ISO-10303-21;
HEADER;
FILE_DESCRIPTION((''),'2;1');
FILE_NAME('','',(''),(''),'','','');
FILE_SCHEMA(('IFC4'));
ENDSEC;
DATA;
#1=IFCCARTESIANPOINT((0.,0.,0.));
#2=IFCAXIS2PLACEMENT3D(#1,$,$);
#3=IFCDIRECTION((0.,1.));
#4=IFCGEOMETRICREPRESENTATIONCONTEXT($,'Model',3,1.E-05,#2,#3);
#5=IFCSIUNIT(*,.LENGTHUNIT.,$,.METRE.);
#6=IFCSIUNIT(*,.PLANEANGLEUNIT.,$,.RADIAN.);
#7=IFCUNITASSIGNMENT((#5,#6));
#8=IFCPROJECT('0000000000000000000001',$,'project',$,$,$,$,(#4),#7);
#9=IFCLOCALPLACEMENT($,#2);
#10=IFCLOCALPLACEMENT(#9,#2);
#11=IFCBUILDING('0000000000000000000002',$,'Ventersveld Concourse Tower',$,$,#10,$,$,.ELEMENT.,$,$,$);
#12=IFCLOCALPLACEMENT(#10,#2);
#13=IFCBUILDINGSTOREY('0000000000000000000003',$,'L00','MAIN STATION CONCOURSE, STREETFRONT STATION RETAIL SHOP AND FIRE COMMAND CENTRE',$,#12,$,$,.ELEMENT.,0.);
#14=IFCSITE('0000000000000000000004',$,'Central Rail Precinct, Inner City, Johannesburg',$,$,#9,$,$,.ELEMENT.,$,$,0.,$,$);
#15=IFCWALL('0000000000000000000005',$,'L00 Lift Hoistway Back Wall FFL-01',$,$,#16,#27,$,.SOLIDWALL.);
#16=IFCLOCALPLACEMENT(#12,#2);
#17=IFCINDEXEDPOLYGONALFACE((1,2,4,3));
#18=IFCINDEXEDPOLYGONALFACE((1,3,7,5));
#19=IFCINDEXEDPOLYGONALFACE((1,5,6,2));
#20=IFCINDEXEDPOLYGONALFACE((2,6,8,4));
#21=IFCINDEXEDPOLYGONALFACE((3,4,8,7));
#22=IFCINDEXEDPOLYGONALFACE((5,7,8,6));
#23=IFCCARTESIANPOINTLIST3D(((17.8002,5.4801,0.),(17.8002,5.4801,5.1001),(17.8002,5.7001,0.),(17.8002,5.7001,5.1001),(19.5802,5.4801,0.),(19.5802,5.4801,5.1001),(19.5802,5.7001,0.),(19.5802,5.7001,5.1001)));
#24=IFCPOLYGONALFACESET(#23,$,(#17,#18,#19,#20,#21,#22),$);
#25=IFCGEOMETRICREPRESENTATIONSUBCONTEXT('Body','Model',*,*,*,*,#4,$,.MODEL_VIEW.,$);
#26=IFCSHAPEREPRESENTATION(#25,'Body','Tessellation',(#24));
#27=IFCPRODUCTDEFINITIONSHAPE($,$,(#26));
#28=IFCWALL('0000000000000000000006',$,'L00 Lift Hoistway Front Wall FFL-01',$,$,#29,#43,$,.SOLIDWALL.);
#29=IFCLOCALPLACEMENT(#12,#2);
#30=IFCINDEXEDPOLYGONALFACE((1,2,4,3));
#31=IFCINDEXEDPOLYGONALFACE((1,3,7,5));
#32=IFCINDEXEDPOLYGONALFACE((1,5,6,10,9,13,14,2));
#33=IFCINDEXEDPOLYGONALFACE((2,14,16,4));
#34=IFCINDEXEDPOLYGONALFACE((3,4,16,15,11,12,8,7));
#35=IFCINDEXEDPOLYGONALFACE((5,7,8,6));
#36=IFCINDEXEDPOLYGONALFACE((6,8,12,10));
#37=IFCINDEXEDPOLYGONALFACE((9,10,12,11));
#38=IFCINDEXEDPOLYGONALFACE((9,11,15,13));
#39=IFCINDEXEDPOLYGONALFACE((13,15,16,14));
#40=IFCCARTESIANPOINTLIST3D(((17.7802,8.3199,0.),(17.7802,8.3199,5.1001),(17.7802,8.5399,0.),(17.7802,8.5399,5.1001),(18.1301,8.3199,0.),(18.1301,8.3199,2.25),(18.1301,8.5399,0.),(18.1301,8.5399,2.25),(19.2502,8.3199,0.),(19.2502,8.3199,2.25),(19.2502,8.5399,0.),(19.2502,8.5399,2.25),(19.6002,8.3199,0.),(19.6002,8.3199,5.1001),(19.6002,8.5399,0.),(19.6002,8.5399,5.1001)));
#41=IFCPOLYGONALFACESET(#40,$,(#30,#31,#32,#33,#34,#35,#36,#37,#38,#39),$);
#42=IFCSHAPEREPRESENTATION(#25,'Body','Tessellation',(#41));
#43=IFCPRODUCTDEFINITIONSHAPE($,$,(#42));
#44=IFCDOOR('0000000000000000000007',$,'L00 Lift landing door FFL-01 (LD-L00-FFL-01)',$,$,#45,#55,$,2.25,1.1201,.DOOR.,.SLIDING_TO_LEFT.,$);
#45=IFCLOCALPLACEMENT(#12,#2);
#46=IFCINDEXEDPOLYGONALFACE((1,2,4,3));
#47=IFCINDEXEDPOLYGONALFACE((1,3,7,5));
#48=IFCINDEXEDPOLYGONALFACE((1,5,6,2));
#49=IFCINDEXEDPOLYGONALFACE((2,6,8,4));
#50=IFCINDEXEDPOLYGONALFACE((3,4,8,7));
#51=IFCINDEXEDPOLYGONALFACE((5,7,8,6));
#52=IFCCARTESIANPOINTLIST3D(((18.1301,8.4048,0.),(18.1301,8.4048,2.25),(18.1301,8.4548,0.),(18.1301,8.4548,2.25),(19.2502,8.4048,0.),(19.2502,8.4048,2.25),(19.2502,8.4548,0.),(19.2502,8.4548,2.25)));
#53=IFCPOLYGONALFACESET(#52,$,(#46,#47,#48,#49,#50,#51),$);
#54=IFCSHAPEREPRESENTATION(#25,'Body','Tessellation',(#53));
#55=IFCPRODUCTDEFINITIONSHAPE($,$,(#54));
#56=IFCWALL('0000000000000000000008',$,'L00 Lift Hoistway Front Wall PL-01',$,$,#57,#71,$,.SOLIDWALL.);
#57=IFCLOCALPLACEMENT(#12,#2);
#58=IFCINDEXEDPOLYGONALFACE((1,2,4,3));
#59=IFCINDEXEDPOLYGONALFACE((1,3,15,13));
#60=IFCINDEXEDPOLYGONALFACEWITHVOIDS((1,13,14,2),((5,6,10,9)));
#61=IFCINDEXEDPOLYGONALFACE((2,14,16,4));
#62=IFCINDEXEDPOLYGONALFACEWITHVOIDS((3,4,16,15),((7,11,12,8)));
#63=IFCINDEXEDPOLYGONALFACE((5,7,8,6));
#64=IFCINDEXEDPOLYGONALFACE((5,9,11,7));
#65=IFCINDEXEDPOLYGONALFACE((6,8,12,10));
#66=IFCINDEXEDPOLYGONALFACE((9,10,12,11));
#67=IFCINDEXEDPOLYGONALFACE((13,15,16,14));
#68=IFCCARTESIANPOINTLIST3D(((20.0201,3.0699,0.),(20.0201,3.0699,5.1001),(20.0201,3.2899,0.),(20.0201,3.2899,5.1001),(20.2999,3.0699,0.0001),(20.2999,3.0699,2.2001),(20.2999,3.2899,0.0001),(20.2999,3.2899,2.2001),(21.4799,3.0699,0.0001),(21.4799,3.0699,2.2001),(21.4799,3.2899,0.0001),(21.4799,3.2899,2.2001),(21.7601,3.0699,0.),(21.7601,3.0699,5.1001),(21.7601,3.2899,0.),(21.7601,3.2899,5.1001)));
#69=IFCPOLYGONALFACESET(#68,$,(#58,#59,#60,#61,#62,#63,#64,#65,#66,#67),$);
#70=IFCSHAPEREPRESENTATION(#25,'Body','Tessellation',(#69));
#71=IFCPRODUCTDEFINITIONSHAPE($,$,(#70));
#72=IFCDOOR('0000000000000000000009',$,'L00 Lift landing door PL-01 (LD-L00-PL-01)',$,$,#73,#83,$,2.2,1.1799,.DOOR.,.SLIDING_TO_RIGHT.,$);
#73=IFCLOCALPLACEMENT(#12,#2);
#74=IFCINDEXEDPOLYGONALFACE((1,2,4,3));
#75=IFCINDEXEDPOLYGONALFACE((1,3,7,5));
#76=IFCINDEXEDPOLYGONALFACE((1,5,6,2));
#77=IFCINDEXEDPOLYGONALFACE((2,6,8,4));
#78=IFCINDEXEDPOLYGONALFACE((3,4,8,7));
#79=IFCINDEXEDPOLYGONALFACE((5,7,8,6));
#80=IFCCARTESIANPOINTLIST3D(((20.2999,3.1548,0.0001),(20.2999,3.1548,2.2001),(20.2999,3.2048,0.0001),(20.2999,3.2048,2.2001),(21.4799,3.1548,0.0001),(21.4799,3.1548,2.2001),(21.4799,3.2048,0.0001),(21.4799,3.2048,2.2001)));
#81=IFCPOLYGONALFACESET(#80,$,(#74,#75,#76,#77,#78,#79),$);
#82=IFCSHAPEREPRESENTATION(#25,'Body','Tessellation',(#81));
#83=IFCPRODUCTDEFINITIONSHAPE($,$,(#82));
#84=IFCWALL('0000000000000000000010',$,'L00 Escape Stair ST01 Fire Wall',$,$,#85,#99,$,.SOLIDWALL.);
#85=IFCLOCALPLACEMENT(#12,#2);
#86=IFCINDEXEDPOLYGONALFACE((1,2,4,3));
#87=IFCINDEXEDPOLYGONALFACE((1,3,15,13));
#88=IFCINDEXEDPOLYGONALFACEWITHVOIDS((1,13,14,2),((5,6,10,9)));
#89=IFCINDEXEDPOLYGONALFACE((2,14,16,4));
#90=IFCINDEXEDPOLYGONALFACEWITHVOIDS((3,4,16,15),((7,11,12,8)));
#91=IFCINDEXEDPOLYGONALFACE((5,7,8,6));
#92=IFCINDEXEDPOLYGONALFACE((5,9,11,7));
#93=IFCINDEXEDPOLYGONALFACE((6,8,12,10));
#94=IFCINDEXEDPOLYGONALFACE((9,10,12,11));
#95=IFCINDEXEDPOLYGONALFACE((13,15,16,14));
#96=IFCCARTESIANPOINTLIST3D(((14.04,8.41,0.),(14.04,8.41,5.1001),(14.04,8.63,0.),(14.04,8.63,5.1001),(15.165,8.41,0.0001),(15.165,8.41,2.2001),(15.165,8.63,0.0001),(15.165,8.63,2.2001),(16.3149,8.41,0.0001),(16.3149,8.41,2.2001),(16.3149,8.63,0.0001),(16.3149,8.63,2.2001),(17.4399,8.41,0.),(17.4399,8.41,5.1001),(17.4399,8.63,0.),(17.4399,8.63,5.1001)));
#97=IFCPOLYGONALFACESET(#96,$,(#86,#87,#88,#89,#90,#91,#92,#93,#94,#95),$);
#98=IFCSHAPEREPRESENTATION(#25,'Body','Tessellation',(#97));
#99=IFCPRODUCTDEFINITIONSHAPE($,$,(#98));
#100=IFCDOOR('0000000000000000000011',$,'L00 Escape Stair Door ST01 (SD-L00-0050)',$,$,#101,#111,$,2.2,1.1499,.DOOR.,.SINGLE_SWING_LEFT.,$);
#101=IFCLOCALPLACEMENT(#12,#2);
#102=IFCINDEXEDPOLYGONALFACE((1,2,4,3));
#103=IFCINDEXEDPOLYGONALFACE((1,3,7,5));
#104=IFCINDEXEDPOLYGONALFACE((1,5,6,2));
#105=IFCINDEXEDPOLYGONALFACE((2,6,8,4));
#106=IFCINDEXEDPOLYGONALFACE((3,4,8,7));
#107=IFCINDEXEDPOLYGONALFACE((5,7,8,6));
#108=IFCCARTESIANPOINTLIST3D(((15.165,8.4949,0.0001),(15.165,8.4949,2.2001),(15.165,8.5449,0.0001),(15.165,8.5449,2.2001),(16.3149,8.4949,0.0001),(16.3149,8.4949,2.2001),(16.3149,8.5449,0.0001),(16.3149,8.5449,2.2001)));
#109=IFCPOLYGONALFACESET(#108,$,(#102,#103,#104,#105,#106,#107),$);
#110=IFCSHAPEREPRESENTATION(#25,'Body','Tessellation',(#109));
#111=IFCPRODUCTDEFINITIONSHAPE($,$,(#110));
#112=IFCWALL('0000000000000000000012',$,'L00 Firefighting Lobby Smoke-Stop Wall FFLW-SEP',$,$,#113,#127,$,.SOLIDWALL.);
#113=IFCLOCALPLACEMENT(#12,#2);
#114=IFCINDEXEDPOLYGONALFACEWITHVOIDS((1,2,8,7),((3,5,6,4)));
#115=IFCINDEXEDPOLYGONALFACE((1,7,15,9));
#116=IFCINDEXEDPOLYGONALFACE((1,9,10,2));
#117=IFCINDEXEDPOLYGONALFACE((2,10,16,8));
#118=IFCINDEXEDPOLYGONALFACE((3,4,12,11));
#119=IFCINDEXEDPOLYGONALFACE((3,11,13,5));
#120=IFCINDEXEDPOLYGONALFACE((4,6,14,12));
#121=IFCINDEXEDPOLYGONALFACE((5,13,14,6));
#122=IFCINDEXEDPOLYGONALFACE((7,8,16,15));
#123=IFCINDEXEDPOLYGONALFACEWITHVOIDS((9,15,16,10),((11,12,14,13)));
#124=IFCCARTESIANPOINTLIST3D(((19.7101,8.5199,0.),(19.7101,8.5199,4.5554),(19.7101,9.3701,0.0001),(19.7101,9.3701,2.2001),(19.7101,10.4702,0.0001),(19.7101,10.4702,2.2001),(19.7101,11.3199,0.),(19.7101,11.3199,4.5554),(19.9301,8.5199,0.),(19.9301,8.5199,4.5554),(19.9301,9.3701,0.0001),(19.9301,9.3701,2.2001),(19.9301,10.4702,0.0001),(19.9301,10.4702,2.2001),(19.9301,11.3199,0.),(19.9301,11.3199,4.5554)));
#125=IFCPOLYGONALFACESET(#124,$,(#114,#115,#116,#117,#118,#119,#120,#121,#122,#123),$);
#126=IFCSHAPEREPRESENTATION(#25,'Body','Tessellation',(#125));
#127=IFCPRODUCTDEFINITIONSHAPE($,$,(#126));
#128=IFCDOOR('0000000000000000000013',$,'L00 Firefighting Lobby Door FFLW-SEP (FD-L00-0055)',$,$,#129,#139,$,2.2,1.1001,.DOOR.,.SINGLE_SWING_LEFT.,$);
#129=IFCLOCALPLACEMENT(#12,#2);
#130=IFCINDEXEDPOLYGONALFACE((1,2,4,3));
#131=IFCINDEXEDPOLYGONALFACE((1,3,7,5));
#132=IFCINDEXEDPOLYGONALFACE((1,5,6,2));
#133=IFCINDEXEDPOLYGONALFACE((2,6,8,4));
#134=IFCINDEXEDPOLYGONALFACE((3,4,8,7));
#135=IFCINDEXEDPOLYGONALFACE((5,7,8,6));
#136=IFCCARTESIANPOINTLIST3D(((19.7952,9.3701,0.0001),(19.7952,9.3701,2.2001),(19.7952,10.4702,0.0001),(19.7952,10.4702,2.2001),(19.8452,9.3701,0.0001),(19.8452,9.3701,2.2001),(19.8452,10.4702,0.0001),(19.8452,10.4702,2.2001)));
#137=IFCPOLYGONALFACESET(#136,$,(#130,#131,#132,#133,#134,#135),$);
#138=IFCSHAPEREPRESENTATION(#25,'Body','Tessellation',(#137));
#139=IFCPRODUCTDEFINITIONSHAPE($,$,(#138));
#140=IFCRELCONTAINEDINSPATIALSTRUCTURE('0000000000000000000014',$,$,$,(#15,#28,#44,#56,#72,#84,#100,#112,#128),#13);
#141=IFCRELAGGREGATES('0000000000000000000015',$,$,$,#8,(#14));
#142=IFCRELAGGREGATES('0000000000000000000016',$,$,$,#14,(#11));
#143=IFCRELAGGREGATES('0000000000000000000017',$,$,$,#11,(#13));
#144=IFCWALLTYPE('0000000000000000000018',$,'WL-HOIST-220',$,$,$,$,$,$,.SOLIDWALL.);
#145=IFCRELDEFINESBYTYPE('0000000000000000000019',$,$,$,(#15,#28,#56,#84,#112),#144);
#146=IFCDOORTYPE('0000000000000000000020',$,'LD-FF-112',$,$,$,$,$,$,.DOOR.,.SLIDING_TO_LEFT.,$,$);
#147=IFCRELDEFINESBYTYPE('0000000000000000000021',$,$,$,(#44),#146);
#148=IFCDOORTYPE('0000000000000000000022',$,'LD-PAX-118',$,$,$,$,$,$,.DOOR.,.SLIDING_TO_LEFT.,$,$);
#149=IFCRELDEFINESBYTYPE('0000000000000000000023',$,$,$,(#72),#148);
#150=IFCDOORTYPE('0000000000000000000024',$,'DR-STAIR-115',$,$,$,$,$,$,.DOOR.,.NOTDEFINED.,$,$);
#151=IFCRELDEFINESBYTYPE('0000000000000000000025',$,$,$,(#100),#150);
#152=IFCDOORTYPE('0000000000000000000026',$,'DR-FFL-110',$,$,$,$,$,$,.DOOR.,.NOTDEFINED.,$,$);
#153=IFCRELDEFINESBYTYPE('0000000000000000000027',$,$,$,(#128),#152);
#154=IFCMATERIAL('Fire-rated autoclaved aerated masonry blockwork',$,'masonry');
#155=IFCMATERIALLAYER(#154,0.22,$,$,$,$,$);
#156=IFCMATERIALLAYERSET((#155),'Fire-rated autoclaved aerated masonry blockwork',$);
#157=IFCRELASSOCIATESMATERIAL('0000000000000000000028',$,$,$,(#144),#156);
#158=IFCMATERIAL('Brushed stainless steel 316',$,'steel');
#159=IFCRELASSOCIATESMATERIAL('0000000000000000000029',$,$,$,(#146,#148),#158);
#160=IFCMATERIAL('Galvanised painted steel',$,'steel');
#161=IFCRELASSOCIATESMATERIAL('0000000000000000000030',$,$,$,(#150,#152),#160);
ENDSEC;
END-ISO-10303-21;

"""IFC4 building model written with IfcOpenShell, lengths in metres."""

from ifc_helpers import new_model, si_unit, direction, frame, frame_2d, origin, place, context, subcontext, project, spatial, rectangle, extrude, material, layer, layer_set, type_object, element, fill, save


model = new_model("IFC4")

# Units and contexts
model_context = context("Model", 3, precision=1e-05, world=origin(), true_north=direction((0.0, 1.0)))
body_context = subcontext(model_context, "Body", "Model", "MODEL_VIEW")
ifc_project = project(units=[si_unit("LENGTHUNIT", "METRE"), si_unit("PLANEANGLEUNIT", "RADIAN")], contexts=[model_context])

# Site, building, storey
site_placement = place(None, origin())
site = spatial("IfcSite", under=ifc_project, at=site_placement, Name="Central Rail Precinct, Inner City, Johannesburg", CompositionType="ELEMENT", RefElevation=0.0)
building_placement = place(site_placement, origin())
building = spatial("IfcBuilding", under=site, at=building_placement, Name="Ventersveld Concourse Tower", CompositionType="ELEMENT")
storey_placement = place(building_placement, origin())
storey = spatial("IfcBuildingStorey", under=building, at=storey_placement, Name="L00", Description="MAIN STATION CONCOURSE, STREETFRONT STATION RETAIL SHOP AND FIRE COMMAND CENTRE", CompositionType="ELEMENT", Elevation=0.0)

# Wall
ifc_material_1 = material(Name="Fire-rated autoclaved aerated masonry blockwork", Category="masonry")
ifc_layer_1 = layer(ifc_material_1, 0.22)
ifc_layer_set_1 = layer_set([ifc_layer_1], Name="Fire-rated autoclaved aerated masonry blockwork")
wall_type_1 = type_object("IfcWallType", Name="WL-HOIST-220", PredefinedType="SOLIDWALL", material=ifc_layer_set_1)
wall_1_placement = place(storey_placement, frame((17.8, 5.5901, 0.0), z_axis=(0.0, 0.0, 1.0), x_axis=(1.0, 0.0, 0.0)))
element("IfcWall", 1, at=wall_1_placement, inside=storey, type_object=wall_type_1, Name="L00 Lift Hoistway Back Wall FFL-01", PredefinedType="SOLIDWALL", context=body_context, shape_type="SweptSolid", body=[
    extrude(rectangle(XDim=1.78, YDim=0.22, at=frame_2d((0.8901, 0.0))), origin(), (0.0, 0.0, 1.0), 5.1001),
])

# Walls, openings, doors
wall_2_placement = place(storey_placement, frame((17.78, 8.4299, 0.0), z_axis=(0.0, 0.0, 1.0), x_axis=(1.0, 0.0, 0.0)))
wall_2 = element("IfcWall", 2, at=wall_2_placement, inside=storey, type_object=wall_type_1, Name="L00 Lift Hoistway Front Wall FFL-01", PredefinedType="SOLIDWALL", context=body_context, shape_type="SweptSolid", body=[
    extrude(rectangle(XDim=1.8201, YDim=0.22, at=frame_2d((0.9102, 0.0))), origin(), (0.0, 0.0, 1.0), 5.1001),
])
opening_1_placement = place(wall_2_placement, frame((0.3501, 0.0, 0.0)))
opening_1 = element("IfcOpeningElement", 3, at=opening_1_placement, cuts=wall_2, PredefinedType="OPENING", context=body_context, shape_type="SweptSolid", body=[
    extrude(rectangle(XDim=1.1201, YDim=2.25, at=frame_2d((0.5601, 1.125))), frame((0.0, 0.1201, 0.0), z_axis=(0.0, -1.0, 0.0), x_axis=(1.0, 0.0, 0.0)), (0.0, 0.0, 1.0), 0.24),
])
ifc_material_2 = material(Name="Brushed stainless steel 316", Category="steel")
door_type_1 = type_object("IfcDoorType", Name="LD-FF-112", OperationType="SLIDING_TO_LEFT", PredefinedType="DOOR", material=ifc_material_2)
door_1_placement = place(opening_1_placement, origin())
door_1 = element("IfcDoor", 4, at=door_1_placement, inside=storey, type_object=door_type_1, Name="L00 Lift landing door FFL-01 (LD-L00-FFL-01)", OperationType="SLIDING_TO_LEFT", OverallHeight=2.25, OverallWidth=1.1201, PredefinedType="DOOR", context=body_context, shape_type="SweptSolid", body=[
    extrude(rectangle(XDim=1.1201, YDim=2.25, at=frame_2d((0.5601, 1.125))), frame((0.0, 0.0249, 0.0), z_axis=(0.0, -1.0, 0.0), x_axis=(1.0, 0.0, 0.0)), (0.0, 0.0, 1.0), 0.05),
])
fill(opening_1, door_1)
wall_3_placement = place(storey_placement, frame((20.02, 3.1799, 0.0), z_axis=(0.0, 0.0, 1.0), x_axis=(1.0, 0.0, 0.0)))
wall_3 = element("IfcWall", 5, at=wall_3_placement, inside=storey, type_object=wall_type_1, Name="L00 Lift Hoistway Front Wall PL-01", PredefinedType="SOLIDWALL", context=body_context, shape_type="SweptSolid", body=[
    extrude(rectangle(XDim=1.74, YDim=0.22, at=frame_2d((0.8701, 0.0))), origin(), (0.0, 0.0, 1.0), 5.1001),
])
opening_2_placement = place(wall_3_placement, frame((0.28, 0.0, 0.0)))
opening_2 = element("IfcOpeningElement", 6, at=opening_2_placement, cuts=wall_3, PredefinedType="OPENING", context=body_context, shape_type="SweptSolid", body=[
    extrude(rectangle(XDim=1.1799, YDim=2.2, at=frame_2d((0.5898, 1.1001))), frame((0.0, 0.1201, 0.0), z_axis=(0.0, -1.0, 0.0), x_axis=(1.0, 0.0, 0.0)), (0.0, 0.0, 1.0), 0.24),
])
door_type_2 = type_object("IfcDoorType", Name="LD-PAX-118", OperationType="SLIDING_TO_LEFT", PredefinedType="DOOR", material=ifc_material_2)
door_2_placement = place(opening_2_placement, origin())
door_2 = element("IfcDoor", 7, at=door_2_placement, inside=storey, type_object=door_type_2, Name="L00 Lift landing door PL-01 (LD-L00-PL-01)", OperationType="SLIDING_TO_RIGHT", OverallHeight=2.2, OverallWidth=1.1799, PredefinedType="DOOR", context=body_context, shape_type="SweptSolid", body=[
    extrude(rectangle(XDim=1.1799, YDim=2.2, at=frame_2d((0.5898, 1.1001))), frame((0.0, 0.0249, 0.0), z_axis=(0.0, -1.0, 0.0), x_axis=(1.0, 0.0, 0.0)), (0.0, 0.0, 1.0), 0.05),
])
fill(opening_2, door_2)
wall_4_placement = place(storey_placement, frame((14.04, 8.52, 0.0), z_axis=(0.0, 0.0, 1.0), x_axis=(1.0, 0.0, 0.0)))
wall_4 = element("IfcWall", 8, at=wall_4_placement, inside=storey, type_object=wall_type_1, Name="L00 Escape Stair ST01 Fire Wall", PredefinedType="SOLIDWALL", context=body_context, shape_type="SweptSolid", body=[
    extrude(rectangle(XDim=3.3999, YDim=0.22, at=frame_2d((1.7, 0.0))), origin(), (0.0, 0.0, 1.0), 5.1001),
])
opening_3_placement = place(wall_4_placement, frame((1.125, 0.0, 0.0)))
opening_3 = element("IfcOpeningElement", 9, at=opening_3_placement, cuts=wall_4, PredefinedType="OPENING", context=body_context, shape_type="SweptSolid", body=[
    extrude(rectangle(XDim=1.1499, YDim=2.2, at=frame_2d((0.575, 1.1001))), frame((0.0, 0.1201, 0.0), z_axis=(0.0, -1.0, 0.0), x_axis=(1.0, 0.0, 0.0)), (0.0, 0.0, 1.0), 0.24),
])
ifc_material_3 = material(Name="Galvanised painted steel", Category="steel")
door_type_3 = type_object("IfcDoorType", Name="DR-STAIR-115", OperationType="NOTDEFINED", PredefinedType="DOOR", material=ifc_material_3)
door_3_placement = place(opening_3_placement, origin())
door_3 = element("IfcDoor", 10, at=door_3_placement, inside=storey, type_object=door_type_3, Name="L00 Escape Stair Door ST01 (SD-L00-0050)", OperationType="SINGLE_SWING_LEFT", OverallHeight=2.2, OverallWidth=1.1499, PredefinedType="DOOR", context=body_context, shape_type="SweptSolid", body=[
    extrude(rectangle(XDim=1.1499, YDim=2.2, at=frame_2d((0.575, 1.1001))), frame((0.0, 0.0249, 0.0), z_axis=(0.0, -1.0, 0.0), x_axis=(1.0, 0.0, 0.0)), (0.0, 0.0, 1.0), 0.05),
])
fill(opening_3, door_3)
wall_5_placement = place(storey_placement, frame((19.8201, 8.52, 0.0), z_axis=(0.0, 0.0, 1.0), x_axis=(0.0, 1.0, 0.0)))
wall_5 = element("IfcWall", 11, at=wall_5_placement, inside=storey, type_object=wall_type_1, Name="L00 Firefighting Lobby Smoke-Stop Wall FFLW-SEP", PredefinedType="SOLIDWALL", context=body_context, shape_type="SweptSolid", body=[
    extrude(rectangle(XDim=2.8, YDim=0.22, at=frame_2d((1.3999, 0.0))), origin(), (0.0, 0.0, 1.0), 4.5554),
])
opening_4_placement = place(wall_5_placement, frame((0.8501, 0.0, 0.0)))
opening_4 = element("IfcOpeningElement", 12, at=opening_4_placement, cuts=wall_5, PredefinedType="OPENING", context=body_context, shape_type="SweptSolid", body=[
    extrude(rectangle(XDim=1.1001, YDim=2.2, at=frame_2d((0.55, 1.1001))), frame((0.0, 0.1201, 0.0), z_axis=(0.0, -1.0, 0.0), x_axis=(1.0, 0.0, 0.0)), (0.0, 0.0, 1.0), 0.24),
])
door_type_4 = type_object("IfcDoorType", Name="DR-FFL-110", OperationType="NOTDEFINED", PredefinedType="DOOR", material=ifc_material_3)
door_4_placement = place(opening_4_placement, origin())
door_4 = element("IfcDoor", 13, at=door_4_placement, inside=storey, type_object=door_type_4, Name="L00 Firefighting Lobby Door FFLW-SEP (FD-L00-0055)", OperationType="SINGLE_SWING_LEFT", OverallHeight=2.2, OverallWidth=1.1001, PredefinedType="DOOR", context=body_context, shape_type="SweptSolid", body=[
    extrude(rectangle(XDim=1.1001, YDim=2.2, at=frame_2d((0.55, 1.1001))), frame((0.0, 0.0249, 0.0), z_axis=(0.0, -1.0, 0.0), x_axis=(1.0, 0.0, 0.0)), (0.0, 0.0, 1.0), 0.05),
])
fill(opening_4, door_4)

save(model, "model.ifc")
